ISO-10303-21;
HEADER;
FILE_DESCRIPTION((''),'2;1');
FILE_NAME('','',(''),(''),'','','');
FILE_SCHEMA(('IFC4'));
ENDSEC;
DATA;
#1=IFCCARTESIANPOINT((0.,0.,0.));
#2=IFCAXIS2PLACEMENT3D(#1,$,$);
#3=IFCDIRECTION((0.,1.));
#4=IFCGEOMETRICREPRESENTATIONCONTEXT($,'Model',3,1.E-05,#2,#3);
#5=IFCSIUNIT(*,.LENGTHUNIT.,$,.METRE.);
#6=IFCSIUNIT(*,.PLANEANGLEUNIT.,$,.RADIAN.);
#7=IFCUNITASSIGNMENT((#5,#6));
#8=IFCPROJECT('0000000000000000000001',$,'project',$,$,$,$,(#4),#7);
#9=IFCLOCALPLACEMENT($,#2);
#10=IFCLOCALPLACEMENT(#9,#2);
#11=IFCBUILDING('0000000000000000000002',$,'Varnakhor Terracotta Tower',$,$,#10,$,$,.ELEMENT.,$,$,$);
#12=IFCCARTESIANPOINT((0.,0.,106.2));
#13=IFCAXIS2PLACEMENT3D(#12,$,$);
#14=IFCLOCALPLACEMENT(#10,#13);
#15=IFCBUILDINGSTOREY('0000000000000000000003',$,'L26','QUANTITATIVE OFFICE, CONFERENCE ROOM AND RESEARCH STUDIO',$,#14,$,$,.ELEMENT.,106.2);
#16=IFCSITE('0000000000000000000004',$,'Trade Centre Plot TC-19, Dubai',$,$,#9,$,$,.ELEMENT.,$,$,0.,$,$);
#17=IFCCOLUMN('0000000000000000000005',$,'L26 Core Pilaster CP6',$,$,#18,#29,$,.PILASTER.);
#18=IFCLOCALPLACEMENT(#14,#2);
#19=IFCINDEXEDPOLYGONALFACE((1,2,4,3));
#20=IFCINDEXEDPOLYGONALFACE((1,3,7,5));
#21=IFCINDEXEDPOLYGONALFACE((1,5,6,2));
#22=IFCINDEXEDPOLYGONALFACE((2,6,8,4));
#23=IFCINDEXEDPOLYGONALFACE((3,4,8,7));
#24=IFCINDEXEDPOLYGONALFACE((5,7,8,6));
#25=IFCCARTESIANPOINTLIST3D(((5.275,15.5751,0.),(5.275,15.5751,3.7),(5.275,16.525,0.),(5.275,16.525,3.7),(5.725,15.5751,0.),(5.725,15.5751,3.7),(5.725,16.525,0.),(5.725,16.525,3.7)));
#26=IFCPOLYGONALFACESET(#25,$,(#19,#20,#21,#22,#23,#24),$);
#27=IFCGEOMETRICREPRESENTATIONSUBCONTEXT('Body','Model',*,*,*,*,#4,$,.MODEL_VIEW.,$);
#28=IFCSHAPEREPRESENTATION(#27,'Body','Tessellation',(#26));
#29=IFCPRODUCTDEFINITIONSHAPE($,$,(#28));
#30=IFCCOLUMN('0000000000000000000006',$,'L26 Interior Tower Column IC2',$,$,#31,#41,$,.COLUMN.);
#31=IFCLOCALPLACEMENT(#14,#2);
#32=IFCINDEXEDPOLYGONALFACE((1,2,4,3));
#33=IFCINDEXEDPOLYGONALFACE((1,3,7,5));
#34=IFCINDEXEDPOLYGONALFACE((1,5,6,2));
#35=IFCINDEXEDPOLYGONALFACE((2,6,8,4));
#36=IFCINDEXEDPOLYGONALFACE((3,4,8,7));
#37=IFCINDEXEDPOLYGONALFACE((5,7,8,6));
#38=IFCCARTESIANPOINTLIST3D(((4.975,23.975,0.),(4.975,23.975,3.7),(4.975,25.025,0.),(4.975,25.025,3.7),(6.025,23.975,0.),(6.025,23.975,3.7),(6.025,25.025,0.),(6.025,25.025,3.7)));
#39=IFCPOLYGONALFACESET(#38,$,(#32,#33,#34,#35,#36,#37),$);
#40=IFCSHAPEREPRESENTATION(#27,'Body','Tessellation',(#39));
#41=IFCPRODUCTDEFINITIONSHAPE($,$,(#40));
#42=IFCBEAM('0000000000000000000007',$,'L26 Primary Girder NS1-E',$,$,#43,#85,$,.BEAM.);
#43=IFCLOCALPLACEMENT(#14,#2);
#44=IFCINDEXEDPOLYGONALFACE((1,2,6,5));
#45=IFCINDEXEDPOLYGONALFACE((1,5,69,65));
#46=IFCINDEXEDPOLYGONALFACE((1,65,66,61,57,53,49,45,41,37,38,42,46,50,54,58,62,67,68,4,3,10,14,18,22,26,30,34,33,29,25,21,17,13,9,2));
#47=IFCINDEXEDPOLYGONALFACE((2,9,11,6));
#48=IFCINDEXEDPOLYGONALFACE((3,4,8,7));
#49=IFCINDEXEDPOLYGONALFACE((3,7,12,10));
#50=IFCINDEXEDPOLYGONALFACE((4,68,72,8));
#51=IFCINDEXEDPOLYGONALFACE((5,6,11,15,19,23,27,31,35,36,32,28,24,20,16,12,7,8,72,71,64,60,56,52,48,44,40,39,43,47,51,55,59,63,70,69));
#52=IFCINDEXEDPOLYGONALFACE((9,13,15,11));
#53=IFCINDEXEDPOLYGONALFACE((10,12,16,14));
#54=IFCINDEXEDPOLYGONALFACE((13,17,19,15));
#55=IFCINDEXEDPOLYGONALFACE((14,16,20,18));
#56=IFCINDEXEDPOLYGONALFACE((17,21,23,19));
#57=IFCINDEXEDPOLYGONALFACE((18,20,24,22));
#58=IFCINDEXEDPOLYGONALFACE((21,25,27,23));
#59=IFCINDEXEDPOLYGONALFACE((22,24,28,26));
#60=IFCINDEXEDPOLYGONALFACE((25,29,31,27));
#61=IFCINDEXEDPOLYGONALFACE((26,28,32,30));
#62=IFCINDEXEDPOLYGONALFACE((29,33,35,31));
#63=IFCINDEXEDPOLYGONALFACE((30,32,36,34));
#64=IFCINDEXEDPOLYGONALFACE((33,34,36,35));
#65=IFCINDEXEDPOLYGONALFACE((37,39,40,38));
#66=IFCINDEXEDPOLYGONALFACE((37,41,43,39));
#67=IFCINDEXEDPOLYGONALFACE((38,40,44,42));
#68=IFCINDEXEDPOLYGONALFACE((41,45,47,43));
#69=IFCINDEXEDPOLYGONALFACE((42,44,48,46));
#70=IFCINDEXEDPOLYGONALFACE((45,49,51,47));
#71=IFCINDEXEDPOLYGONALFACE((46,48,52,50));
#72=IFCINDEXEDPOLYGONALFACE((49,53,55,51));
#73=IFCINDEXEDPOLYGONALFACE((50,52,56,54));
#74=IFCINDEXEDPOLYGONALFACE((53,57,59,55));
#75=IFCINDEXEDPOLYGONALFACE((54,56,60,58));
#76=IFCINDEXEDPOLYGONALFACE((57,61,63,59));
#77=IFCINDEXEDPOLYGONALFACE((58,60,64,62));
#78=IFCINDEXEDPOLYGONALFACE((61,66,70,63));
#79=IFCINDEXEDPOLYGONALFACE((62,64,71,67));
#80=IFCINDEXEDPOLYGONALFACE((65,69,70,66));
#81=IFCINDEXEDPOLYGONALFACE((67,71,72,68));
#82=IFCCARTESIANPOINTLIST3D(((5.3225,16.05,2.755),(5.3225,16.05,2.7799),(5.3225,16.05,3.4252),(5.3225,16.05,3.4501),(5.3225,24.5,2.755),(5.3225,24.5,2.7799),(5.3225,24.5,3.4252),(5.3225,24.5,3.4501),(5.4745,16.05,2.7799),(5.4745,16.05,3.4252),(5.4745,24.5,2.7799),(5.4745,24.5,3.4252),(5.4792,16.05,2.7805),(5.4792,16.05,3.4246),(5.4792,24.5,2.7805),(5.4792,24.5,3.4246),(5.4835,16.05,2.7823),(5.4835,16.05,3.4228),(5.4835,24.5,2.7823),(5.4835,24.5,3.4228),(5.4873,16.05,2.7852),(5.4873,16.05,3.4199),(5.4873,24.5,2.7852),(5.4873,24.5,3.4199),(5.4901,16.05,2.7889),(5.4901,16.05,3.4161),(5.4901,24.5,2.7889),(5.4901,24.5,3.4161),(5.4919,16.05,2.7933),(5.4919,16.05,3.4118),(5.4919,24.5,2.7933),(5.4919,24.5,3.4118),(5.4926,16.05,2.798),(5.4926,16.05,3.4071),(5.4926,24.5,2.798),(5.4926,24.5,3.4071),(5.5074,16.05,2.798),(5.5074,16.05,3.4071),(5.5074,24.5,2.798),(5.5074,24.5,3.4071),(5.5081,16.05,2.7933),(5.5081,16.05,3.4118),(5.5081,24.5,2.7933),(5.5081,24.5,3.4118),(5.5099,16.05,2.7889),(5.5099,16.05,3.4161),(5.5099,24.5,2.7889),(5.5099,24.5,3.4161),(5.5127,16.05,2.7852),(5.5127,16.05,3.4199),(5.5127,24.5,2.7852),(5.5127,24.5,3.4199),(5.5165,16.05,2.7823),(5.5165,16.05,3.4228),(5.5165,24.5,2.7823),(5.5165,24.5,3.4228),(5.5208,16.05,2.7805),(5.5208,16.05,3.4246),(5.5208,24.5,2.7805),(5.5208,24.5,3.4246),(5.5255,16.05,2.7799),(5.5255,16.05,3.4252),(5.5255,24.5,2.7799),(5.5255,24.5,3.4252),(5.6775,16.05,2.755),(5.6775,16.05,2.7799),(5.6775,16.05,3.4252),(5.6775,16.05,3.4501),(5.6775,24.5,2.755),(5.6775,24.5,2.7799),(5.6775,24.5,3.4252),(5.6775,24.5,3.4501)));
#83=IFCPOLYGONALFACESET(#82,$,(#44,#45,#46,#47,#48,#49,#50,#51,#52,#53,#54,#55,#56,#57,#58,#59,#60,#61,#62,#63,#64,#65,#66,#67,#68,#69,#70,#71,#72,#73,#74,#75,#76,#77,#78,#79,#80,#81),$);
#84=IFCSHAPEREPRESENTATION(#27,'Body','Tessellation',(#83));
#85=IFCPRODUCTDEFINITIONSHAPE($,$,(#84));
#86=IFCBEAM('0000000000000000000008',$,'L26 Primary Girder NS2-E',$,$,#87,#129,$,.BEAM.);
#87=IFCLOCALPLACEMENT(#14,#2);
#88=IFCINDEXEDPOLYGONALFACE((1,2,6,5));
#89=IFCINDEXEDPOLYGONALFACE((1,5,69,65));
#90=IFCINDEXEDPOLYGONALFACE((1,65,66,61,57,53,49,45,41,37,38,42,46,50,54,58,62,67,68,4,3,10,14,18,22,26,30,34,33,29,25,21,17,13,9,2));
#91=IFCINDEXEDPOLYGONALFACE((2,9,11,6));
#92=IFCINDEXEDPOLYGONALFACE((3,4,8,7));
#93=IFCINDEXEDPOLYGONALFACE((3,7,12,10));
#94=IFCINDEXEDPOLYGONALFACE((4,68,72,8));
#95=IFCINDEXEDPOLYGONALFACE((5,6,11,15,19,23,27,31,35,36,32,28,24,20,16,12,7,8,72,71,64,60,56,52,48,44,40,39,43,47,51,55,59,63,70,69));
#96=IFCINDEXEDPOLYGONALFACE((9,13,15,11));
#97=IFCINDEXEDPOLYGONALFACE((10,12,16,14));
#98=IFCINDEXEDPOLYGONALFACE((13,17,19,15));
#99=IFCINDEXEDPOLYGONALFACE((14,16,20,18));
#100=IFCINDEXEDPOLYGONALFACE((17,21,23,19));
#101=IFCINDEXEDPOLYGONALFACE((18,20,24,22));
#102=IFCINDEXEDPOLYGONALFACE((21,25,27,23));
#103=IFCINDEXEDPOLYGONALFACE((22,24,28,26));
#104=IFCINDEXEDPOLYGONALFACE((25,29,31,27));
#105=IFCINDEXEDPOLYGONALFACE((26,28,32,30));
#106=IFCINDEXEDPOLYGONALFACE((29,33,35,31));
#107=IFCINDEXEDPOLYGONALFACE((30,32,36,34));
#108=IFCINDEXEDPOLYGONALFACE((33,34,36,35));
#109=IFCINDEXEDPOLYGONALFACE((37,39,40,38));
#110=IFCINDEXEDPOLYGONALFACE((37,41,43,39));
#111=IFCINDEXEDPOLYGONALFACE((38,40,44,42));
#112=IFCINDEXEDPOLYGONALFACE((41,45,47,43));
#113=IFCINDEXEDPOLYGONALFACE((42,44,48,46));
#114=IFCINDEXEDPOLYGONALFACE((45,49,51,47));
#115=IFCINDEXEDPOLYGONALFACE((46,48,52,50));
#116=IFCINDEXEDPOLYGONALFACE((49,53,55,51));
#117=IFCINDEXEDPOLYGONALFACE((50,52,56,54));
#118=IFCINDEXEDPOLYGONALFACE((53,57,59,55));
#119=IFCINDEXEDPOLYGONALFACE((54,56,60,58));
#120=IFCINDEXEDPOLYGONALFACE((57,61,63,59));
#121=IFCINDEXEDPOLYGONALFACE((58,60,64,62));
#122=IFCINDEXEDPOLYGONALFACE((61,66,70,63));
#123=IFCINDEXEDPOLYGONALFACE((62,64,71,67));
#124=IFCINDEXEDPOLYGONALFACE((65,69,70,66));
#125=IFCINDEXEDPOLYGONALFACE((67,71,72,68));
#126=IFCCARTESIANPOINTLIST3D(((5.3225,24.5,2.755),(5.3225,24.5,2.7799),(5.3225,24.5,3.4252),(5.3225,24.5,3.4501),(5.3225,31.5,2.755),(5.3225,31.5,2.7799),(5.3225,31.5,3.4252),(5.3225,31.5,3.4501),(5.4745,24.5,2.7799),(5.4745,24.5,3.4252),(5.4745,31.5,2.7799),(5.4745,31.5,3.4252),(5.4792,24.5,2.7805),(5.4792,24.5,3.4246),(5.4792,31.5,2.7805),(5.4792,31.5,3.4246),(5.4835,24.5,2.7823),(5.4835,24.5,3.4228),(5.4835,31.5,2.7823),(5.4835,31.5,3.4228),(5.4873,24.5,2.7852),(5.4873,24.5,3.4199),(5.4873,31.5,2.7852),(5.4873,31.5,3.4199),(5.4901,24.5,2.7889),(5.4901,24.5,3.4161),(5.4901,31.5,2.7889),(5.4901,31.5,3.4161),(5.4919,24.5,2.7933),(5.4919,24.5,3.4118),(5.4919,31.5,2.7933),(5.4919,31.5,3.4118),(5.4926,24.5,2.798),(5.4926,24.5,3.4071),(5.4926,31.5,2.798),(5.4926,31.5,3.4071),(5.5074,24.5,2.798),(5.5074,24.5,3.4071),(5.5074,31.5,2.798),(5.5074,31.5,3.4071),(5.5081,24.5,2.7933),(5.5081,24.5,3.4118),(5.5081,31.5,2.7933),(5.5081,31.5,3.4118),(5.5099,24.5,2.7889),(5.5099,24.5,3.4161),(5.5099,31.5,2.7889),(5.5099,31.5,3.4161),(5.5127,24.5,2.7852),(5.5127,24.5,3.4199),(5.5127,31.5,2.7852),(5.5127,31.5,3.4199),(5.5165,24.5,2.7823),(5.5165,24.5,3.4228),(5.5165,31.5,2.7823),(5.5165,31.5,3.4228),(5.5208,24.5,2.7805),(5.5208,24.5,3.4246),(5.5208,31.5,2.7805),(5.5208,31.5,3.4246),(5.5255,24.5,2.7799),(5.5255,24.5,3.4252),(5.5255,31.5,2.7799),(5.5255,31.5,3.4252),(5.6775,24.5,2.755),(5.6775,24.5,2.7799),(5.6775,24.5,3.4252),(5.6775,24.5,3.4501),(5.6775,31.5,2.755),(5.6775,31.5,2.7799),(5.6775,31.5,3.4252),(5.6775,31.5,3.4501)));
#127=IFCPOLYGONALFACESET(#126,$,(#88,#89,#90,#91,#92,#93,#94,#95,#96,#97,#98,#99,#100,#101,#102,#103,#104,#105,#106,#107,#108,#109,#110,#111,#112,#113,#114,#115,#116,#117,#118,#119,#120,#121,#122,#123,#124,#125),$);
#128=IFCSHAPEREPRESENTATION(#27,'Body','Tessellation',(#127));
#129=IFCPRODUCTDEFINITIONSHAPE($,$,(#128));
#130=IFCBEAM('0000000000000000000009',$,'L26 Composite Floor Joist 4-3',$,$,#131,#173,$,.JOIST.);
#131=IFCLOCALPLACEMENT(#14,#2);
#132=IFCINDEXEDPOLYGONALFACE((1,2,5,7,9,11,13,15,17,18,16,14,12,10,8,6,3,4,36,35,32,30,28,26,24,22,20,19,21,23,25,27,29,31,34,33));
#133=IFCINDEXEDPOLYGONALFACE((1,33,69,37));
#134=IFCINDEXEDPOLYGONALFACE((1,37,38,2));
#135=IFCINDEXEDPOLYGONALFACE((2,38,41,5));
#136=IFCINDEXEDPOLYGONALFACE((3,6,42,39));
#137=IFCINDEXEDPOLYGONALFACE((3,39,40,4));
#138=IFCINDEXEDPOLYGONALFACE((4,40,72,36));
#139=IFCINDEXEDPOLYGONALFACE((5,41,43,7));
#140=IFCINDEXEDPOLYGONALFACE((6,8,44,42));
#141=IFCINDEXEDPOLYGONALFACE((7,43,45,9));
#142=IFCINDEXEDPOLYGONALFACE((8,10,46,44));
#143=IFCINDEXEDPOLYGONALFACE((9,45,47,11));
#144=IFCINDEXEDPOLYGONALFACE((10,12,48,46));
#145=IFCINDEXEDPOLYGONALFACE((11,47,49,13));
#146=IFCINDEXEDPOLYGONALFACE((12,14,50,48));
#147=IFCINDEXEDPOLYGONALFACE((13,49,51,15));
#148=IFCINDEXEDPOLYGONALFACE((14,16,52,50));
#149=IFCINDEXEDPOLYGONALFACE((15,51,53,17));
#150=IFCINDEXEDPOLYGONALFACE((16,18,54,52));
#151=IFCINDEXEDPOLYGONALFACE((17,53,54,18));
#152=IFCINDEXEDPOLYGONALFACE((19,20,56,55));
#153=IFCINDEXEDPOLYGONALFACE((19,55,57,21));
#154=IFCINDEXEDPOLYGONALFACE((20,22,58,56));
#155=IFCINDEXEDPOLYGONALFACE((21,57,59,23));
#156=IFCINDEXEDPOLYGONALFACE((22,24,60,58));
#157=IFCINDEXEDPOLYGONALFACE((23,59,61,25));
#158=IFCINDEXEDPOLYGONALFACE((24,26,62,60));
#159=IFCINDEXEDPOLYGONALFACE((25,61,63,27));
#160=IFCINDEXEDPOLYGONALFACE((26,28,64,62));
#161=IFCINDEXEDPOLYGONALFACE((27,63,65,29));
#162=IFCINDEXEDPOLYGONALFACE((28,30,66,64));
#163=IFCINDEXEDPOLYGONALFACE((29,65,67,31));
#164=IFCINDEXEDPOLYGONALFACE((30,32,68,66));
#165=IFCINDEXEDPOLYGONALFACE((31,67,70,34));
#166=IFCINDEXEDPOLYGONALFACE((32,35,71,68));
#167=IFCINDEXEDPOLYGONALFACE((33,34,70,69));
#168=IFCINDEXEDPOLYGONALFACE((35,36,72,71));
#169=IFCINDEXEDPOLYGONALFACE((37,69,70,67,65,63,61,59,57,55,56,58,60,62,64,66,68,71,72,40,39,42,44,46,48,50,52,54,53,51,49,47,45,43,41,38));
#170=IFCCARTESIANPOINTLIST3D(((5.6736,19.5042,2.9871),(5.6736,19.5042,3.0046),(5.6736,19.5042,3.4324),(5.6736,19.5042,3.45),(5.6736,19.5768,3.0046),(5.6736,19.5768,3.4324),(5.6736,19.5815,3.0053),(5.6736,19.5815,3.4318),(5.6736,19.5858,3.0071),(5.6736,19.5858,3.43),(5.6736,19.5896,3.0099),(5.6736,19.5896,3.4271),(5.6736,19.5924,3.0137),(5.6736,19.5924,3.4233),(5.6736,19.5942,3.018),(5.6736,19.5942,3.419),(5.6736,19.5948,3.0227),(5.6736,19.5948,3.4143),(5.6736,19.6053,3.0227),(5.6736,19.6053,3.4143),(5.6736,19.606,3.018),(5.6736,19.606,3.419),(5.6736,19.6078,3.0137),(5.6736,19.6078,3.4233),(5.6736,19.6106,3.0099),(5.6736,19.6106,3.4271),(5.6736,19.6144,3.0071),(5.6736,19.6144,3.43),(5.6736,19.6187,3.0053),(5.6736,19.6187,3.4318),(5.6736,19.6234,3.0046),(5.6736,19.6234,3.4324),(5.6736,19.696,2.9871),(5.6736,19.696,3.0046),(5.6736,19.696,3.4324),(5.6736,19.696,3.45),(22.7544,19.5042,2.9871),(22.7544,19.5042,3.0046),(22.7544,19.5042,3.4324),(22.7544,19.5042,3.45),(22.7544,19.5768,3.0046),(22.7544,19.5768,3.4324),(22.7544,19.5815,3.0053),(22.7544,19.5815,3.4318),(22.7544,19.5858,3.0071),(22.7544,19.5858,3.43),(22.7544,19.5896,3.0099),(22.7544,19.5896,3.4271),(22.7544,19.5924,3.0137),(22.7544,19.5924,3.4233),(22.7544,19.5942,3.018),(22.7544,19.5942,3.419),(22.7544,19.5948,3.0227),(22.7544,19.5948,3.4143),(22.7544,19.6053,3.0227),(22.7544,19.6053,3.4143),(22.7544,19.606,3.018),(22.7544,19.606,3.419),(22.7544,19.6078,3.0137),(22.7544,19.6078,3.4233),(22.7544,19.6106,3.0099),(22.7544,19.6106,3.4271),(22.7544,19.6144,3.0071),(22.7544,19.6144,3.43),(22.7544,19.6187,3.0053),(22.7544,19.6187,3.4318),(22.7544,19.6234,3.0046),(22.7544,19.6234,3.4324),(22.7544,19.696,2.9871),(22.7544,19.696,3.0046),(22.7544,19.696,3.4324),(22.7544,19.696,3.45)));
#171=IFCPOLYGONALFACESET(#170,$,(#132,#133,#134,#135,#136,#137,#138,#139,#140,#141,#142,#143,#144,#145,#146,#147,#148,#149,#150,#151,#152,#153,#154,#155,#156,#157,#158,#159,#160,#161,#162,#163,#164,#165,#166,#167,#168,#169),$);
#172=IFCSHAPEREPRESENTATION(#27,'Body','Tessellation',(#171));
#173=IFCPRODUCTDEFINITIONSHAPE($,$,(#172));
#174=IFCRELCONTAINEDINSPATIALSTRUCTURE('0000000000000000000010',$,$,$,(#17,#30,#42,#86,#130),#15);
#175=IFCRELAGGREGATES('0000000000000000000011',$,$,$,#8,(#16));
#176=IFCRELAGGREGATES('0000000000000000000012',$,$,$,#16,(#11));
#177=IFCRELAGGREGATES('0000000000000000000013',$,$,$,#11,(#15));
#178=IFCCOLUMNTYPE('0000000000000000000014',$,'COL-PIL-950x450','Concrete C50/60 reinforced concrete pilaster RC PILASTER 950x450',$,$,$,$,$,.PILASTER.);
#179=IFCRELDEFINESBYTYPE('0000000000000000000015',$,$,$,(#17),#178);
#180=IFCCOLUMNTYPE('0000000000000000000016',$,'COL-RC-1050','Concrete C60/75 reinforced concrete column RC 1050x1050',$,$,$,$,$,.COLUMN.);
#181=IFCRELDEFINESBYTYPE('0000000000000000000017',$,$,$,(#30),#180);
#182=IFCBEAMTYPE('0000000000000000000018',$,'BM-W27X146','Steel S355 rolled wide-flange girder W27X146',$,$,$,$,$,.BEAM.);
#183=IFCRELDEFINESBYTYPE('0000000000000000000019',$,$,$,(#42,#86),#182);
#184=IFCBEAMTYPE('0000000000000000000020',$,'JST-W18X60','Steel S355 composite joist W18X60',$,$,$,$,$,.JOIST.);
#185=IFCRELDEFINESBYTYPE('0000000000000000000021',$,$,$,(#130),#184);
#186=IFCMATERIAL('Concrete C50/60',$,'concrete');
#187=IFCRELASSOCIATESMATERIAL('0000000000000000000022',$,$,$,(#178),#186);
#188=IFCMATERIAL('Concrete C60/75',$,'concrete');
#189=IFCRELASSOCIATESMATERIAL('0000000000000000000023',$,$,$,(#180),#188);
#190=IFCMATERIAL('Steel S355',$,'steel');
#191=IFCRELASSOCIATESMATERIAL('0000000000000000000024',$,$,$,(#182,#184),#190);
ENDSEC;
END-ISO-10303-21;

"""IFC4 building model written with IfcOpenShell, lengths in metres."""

from ifc_helpers import new_model, si_unit, direction, frame, origin, origin_2d, place, context, subcontext, project, spatial, rectangle, i_section, extrude, source, transform, mapped, material, material_profile, profile_set, type_object, type_shapes, element, save


model = new_model("IFC4")

# Units and contexts
model_context = context("Model", 3, precision=1e-05, world=origin(), true_north=direction((0.0, 1.0)))
body_context = subcontext(model_context, "Body", "Model", "MODEL_VIEW")
ifc_project = project(units=[si_unit("LENGTHUNIT", "METRE"), si_unit("PLANEANGLEUNIT", "RADIAN")], contexts=[model_context])

# Site, building, storey
site_placement = place(None, origin())
site = spatial("IfcSite", under=ifc_project, at=site_placement, Name="Trade Centre Plot TC-19, Dubai", CompositionType="ELEMENT", RefElevation=0.0)
building_placement = place(site_placement, origin())
building = spatial("IfcBuilding", under=site, at=building_placement, Name="Varnakhor Terracotta Tower", CompositionType="ELEMENT")
storey_placement = place(building_placement, frame((0.0, 0.0, 106.2)))
storey = spatial("IfcBuildingStorey", under=building, at=storey_placement, Name="L26", Description="QUANTITATIVE OFFICE, CONFERENCE ROOM AND RESEARCH STUDIO", CompositionType="ELEMENT", Elevation=106.2)

# Columns
ifc_material_1 = material(Name="Concrete C50/60", Category="concrete")
ifc_material_profile_1 = material_profile(ifc_material_1, rectangle(XDim=0.45, YDim=0.95, at=origin_2d()), Name="RC PILASTER 950x450")
ifc_profile_set_1 = profile_set([ifc_material_profile_1], Name="Concrete C50/60")
column_type_1 = type_object("IfcColumnType", Name="COL-PIL-950x450", Description="Concrete C50/60 reinforced concrete pilaster RC PILASTER 950x450", PredefinedType="PILASTER", material=ifc_profile_set_1)
shared_shape_1 = source(origin(), body_context, "Body", "SweptSolid", [
    extrude(rectangle(XDim=0.45, YDim=0.95, at=origin_2d()), origin(), (0.0, 0.0, 1.0), 3.7),
])
column_1_placement = place(storey_placement, frame((5.5, 16.05, 0.0), z_axis=(0.0, 0.0, 1.0), x_axis=(1.0, 0.0, 0.0)))
element("IfcColumn", 1, at=column_1_placement, inside=storey, type_object=column_type_1, Name="L26 Core Pilaster CP6", PredefinedType="PILASTER", context=body_context, shape_type="MappedRepresentation", body=[
    mapped(shared_shape_1, transform((0.0, 0.0, 0.0), scale=1.0)),
])
ifc_material_2 = material(Name="Concrete C60/75", Category="concrete")
ifc_material_profile_2 = material_profile(ifc_material_2, rectangle(XDim=1.05, YDim=1.05, at=origin_2d()), Name="RC 1050x1050")
ifc_profile_set_2 = profile_set([ifc_material_profile_2], Name="Concrete C60/75")
column_type_2 = type_object("IfcColumnType", Name="COL-RC-1050", Description="Concrete C60/75 reinforced concrete column RC 1050x1050", PredefinedType="COLUMN", material=ifc_profile_set_2)
shared_shape_2 = source(origin(), body_context, "Body", "SweptSolid", [
    extrude(rectangle(XDim=1.05, YDim=1.05, at=origin_2d()), origin(), (0.0, 0.0, 1.0), 3.7),
])
column_2_placement = place(storey_placement, frame((5.5, 24.5, 0.0), z_axis=(0.0, 0.0, 1.0), x_axis=(1.0, 0.0, 0.0)))
element("IfcColumn", 2, at=column_2_placement, inside=storey, type_object=column_type_2, Name="L26 Interior Tower Column IC2", PredefinedType="COLUMN", context=body_context, shape_type="MappedRepresentation", body=[
    mapped(shared_shape_2, transform((0.0, 0.0, 0.0), scale=1.0)),
])

# Beams
ifc_material_3 = material(Name="Steel S355", Category="steel")
ifc_material_profile_3 = material_profile(ifc_material_3, i_section(OverallWidth=0.355, OverallDepth=0.6951, WebThickness=0.0149, FlangeThickness=0.0249, FilletRadius=0.0181, at=origin_2d()), Name="W27X146")
ifc_profile_set_3 = profile_set([ifc_material_profile_3], Name="Steel S355")
beam_type_1 = type_object("IfcBeamType", Name="BM-W27X146", Description="Steel S355 rolled wide-flange girder W27X146", PredefinedType="BEAM", material=ifc_profile_set_3)
shared_shape_3 = source(origin(), body_context, "Body", "SweptSolid", [
    extrude(i_section(OverallWidth=0.355, OverallDepth=0.6951, WebThickness=0.0149, FlangeThickness=0.0249, FilletRadius=0.0181, at=origin_2d()), origin(), (0.0, 0.0, 1.0), 8.45),
])
type_shapes(beam_type_1, [shared_shape_3])
beam_1_placement = place(storey_placement, frame((5.5, 16.05, 3.1025), z_axis=(0.0, 1.0, 0.0), x_axis=(-1.0, 0.0, 0.0)))
element("IfcBeam", 3, at=beam_1_placement, inside=storey, type_object=beam_type_1, Name="L26 Primary Girder NS1-E", PredefinedType="BEAM", context=body_context, shape_type="MappedRepresentation", body=[
    mapped(shared_shape_3, transform((0.0, 0.0, 0.0), scale=1.0)),
])
shared_shape_4 = source(origin(), body_context, "Body", "SweptSolid", [
    extrude(i_section(OverallWidth=0.355, OverallDepth=0.6951, WebThickness=0.0149, FlangeThickness=0.0249, FilletRadius=0.0181, at=origin_2d()), origin(), (0.0, 0.0, 1.0), 7.0),
])
beam_2_placement = place(storey_placement, frame((5.5, 24.5, 3.1025), z_axis=(0.0, 1.0, 0.0), x_axis=(-1.0, 0.0, 0.0)))
element("IfcBeam", 4, at=beam_2_placement, inside=storey, type_object=beam_type_1, Name="L26 Primary Girder NS2-E", PredefinedType="BEAM", context=body_context, shape_type="MappedRepresentation", body=[
    mapped(shared_shape_4, transform((0.0, 0.0, 0.0), scale=1.0)),
])
ifc_material_profile_4 = material_profile(ifc_material_3, i_section(OverallWidth=0.1919, OverallDepth=0.4629, WebThickness=0.0105, FlangeThickness=0.0176, FilletRadius=0.0181, at=origin_2d()), Name="W18X60")
ifc_profile_set_4 = profile_set([ifc_material_profile_4], Name="Steel S355")
beam_type_2 = type_object("IfcBeamType", Name="JST-W18X60", Description="Steel S355 composite joist W18X60", PredefinedType="JOIST", material=ifc_profile_set_4)
shared_shape_5 = source(origin(), body_context, "Body", "SweptSolid", [
    extrude(i_section(OverallWidth=0.1919, OverallDepth=0.4629, WebThickness=0.0105, FlangeThickness=0.0176, FilletRadius=0.0181, at=origin_2d()), origin(), (0.0, 0.0, 1.0), 17.0808),
])
beam_3_placement = place(storey_placement, frame((5.6736, 19.6001, 3.2185), z_axis=(1.0, 0.0, 0.0), x_axis=(0.0, 1.0, 0.0)))
element("IfcBeam", 5, at=beam_3_placement, inside=storey, type_object=beam_type_2, Name="L26 Composite Floor Joist 4-3", PredefinedType="JOIST", context=body_context, shape_type="MappedRepresentation", body=[
    mapped(shared_shape_5, transform((0.0, 0.0, 0.0), scale=1.0)),
])

save(model, "model.ifc")
